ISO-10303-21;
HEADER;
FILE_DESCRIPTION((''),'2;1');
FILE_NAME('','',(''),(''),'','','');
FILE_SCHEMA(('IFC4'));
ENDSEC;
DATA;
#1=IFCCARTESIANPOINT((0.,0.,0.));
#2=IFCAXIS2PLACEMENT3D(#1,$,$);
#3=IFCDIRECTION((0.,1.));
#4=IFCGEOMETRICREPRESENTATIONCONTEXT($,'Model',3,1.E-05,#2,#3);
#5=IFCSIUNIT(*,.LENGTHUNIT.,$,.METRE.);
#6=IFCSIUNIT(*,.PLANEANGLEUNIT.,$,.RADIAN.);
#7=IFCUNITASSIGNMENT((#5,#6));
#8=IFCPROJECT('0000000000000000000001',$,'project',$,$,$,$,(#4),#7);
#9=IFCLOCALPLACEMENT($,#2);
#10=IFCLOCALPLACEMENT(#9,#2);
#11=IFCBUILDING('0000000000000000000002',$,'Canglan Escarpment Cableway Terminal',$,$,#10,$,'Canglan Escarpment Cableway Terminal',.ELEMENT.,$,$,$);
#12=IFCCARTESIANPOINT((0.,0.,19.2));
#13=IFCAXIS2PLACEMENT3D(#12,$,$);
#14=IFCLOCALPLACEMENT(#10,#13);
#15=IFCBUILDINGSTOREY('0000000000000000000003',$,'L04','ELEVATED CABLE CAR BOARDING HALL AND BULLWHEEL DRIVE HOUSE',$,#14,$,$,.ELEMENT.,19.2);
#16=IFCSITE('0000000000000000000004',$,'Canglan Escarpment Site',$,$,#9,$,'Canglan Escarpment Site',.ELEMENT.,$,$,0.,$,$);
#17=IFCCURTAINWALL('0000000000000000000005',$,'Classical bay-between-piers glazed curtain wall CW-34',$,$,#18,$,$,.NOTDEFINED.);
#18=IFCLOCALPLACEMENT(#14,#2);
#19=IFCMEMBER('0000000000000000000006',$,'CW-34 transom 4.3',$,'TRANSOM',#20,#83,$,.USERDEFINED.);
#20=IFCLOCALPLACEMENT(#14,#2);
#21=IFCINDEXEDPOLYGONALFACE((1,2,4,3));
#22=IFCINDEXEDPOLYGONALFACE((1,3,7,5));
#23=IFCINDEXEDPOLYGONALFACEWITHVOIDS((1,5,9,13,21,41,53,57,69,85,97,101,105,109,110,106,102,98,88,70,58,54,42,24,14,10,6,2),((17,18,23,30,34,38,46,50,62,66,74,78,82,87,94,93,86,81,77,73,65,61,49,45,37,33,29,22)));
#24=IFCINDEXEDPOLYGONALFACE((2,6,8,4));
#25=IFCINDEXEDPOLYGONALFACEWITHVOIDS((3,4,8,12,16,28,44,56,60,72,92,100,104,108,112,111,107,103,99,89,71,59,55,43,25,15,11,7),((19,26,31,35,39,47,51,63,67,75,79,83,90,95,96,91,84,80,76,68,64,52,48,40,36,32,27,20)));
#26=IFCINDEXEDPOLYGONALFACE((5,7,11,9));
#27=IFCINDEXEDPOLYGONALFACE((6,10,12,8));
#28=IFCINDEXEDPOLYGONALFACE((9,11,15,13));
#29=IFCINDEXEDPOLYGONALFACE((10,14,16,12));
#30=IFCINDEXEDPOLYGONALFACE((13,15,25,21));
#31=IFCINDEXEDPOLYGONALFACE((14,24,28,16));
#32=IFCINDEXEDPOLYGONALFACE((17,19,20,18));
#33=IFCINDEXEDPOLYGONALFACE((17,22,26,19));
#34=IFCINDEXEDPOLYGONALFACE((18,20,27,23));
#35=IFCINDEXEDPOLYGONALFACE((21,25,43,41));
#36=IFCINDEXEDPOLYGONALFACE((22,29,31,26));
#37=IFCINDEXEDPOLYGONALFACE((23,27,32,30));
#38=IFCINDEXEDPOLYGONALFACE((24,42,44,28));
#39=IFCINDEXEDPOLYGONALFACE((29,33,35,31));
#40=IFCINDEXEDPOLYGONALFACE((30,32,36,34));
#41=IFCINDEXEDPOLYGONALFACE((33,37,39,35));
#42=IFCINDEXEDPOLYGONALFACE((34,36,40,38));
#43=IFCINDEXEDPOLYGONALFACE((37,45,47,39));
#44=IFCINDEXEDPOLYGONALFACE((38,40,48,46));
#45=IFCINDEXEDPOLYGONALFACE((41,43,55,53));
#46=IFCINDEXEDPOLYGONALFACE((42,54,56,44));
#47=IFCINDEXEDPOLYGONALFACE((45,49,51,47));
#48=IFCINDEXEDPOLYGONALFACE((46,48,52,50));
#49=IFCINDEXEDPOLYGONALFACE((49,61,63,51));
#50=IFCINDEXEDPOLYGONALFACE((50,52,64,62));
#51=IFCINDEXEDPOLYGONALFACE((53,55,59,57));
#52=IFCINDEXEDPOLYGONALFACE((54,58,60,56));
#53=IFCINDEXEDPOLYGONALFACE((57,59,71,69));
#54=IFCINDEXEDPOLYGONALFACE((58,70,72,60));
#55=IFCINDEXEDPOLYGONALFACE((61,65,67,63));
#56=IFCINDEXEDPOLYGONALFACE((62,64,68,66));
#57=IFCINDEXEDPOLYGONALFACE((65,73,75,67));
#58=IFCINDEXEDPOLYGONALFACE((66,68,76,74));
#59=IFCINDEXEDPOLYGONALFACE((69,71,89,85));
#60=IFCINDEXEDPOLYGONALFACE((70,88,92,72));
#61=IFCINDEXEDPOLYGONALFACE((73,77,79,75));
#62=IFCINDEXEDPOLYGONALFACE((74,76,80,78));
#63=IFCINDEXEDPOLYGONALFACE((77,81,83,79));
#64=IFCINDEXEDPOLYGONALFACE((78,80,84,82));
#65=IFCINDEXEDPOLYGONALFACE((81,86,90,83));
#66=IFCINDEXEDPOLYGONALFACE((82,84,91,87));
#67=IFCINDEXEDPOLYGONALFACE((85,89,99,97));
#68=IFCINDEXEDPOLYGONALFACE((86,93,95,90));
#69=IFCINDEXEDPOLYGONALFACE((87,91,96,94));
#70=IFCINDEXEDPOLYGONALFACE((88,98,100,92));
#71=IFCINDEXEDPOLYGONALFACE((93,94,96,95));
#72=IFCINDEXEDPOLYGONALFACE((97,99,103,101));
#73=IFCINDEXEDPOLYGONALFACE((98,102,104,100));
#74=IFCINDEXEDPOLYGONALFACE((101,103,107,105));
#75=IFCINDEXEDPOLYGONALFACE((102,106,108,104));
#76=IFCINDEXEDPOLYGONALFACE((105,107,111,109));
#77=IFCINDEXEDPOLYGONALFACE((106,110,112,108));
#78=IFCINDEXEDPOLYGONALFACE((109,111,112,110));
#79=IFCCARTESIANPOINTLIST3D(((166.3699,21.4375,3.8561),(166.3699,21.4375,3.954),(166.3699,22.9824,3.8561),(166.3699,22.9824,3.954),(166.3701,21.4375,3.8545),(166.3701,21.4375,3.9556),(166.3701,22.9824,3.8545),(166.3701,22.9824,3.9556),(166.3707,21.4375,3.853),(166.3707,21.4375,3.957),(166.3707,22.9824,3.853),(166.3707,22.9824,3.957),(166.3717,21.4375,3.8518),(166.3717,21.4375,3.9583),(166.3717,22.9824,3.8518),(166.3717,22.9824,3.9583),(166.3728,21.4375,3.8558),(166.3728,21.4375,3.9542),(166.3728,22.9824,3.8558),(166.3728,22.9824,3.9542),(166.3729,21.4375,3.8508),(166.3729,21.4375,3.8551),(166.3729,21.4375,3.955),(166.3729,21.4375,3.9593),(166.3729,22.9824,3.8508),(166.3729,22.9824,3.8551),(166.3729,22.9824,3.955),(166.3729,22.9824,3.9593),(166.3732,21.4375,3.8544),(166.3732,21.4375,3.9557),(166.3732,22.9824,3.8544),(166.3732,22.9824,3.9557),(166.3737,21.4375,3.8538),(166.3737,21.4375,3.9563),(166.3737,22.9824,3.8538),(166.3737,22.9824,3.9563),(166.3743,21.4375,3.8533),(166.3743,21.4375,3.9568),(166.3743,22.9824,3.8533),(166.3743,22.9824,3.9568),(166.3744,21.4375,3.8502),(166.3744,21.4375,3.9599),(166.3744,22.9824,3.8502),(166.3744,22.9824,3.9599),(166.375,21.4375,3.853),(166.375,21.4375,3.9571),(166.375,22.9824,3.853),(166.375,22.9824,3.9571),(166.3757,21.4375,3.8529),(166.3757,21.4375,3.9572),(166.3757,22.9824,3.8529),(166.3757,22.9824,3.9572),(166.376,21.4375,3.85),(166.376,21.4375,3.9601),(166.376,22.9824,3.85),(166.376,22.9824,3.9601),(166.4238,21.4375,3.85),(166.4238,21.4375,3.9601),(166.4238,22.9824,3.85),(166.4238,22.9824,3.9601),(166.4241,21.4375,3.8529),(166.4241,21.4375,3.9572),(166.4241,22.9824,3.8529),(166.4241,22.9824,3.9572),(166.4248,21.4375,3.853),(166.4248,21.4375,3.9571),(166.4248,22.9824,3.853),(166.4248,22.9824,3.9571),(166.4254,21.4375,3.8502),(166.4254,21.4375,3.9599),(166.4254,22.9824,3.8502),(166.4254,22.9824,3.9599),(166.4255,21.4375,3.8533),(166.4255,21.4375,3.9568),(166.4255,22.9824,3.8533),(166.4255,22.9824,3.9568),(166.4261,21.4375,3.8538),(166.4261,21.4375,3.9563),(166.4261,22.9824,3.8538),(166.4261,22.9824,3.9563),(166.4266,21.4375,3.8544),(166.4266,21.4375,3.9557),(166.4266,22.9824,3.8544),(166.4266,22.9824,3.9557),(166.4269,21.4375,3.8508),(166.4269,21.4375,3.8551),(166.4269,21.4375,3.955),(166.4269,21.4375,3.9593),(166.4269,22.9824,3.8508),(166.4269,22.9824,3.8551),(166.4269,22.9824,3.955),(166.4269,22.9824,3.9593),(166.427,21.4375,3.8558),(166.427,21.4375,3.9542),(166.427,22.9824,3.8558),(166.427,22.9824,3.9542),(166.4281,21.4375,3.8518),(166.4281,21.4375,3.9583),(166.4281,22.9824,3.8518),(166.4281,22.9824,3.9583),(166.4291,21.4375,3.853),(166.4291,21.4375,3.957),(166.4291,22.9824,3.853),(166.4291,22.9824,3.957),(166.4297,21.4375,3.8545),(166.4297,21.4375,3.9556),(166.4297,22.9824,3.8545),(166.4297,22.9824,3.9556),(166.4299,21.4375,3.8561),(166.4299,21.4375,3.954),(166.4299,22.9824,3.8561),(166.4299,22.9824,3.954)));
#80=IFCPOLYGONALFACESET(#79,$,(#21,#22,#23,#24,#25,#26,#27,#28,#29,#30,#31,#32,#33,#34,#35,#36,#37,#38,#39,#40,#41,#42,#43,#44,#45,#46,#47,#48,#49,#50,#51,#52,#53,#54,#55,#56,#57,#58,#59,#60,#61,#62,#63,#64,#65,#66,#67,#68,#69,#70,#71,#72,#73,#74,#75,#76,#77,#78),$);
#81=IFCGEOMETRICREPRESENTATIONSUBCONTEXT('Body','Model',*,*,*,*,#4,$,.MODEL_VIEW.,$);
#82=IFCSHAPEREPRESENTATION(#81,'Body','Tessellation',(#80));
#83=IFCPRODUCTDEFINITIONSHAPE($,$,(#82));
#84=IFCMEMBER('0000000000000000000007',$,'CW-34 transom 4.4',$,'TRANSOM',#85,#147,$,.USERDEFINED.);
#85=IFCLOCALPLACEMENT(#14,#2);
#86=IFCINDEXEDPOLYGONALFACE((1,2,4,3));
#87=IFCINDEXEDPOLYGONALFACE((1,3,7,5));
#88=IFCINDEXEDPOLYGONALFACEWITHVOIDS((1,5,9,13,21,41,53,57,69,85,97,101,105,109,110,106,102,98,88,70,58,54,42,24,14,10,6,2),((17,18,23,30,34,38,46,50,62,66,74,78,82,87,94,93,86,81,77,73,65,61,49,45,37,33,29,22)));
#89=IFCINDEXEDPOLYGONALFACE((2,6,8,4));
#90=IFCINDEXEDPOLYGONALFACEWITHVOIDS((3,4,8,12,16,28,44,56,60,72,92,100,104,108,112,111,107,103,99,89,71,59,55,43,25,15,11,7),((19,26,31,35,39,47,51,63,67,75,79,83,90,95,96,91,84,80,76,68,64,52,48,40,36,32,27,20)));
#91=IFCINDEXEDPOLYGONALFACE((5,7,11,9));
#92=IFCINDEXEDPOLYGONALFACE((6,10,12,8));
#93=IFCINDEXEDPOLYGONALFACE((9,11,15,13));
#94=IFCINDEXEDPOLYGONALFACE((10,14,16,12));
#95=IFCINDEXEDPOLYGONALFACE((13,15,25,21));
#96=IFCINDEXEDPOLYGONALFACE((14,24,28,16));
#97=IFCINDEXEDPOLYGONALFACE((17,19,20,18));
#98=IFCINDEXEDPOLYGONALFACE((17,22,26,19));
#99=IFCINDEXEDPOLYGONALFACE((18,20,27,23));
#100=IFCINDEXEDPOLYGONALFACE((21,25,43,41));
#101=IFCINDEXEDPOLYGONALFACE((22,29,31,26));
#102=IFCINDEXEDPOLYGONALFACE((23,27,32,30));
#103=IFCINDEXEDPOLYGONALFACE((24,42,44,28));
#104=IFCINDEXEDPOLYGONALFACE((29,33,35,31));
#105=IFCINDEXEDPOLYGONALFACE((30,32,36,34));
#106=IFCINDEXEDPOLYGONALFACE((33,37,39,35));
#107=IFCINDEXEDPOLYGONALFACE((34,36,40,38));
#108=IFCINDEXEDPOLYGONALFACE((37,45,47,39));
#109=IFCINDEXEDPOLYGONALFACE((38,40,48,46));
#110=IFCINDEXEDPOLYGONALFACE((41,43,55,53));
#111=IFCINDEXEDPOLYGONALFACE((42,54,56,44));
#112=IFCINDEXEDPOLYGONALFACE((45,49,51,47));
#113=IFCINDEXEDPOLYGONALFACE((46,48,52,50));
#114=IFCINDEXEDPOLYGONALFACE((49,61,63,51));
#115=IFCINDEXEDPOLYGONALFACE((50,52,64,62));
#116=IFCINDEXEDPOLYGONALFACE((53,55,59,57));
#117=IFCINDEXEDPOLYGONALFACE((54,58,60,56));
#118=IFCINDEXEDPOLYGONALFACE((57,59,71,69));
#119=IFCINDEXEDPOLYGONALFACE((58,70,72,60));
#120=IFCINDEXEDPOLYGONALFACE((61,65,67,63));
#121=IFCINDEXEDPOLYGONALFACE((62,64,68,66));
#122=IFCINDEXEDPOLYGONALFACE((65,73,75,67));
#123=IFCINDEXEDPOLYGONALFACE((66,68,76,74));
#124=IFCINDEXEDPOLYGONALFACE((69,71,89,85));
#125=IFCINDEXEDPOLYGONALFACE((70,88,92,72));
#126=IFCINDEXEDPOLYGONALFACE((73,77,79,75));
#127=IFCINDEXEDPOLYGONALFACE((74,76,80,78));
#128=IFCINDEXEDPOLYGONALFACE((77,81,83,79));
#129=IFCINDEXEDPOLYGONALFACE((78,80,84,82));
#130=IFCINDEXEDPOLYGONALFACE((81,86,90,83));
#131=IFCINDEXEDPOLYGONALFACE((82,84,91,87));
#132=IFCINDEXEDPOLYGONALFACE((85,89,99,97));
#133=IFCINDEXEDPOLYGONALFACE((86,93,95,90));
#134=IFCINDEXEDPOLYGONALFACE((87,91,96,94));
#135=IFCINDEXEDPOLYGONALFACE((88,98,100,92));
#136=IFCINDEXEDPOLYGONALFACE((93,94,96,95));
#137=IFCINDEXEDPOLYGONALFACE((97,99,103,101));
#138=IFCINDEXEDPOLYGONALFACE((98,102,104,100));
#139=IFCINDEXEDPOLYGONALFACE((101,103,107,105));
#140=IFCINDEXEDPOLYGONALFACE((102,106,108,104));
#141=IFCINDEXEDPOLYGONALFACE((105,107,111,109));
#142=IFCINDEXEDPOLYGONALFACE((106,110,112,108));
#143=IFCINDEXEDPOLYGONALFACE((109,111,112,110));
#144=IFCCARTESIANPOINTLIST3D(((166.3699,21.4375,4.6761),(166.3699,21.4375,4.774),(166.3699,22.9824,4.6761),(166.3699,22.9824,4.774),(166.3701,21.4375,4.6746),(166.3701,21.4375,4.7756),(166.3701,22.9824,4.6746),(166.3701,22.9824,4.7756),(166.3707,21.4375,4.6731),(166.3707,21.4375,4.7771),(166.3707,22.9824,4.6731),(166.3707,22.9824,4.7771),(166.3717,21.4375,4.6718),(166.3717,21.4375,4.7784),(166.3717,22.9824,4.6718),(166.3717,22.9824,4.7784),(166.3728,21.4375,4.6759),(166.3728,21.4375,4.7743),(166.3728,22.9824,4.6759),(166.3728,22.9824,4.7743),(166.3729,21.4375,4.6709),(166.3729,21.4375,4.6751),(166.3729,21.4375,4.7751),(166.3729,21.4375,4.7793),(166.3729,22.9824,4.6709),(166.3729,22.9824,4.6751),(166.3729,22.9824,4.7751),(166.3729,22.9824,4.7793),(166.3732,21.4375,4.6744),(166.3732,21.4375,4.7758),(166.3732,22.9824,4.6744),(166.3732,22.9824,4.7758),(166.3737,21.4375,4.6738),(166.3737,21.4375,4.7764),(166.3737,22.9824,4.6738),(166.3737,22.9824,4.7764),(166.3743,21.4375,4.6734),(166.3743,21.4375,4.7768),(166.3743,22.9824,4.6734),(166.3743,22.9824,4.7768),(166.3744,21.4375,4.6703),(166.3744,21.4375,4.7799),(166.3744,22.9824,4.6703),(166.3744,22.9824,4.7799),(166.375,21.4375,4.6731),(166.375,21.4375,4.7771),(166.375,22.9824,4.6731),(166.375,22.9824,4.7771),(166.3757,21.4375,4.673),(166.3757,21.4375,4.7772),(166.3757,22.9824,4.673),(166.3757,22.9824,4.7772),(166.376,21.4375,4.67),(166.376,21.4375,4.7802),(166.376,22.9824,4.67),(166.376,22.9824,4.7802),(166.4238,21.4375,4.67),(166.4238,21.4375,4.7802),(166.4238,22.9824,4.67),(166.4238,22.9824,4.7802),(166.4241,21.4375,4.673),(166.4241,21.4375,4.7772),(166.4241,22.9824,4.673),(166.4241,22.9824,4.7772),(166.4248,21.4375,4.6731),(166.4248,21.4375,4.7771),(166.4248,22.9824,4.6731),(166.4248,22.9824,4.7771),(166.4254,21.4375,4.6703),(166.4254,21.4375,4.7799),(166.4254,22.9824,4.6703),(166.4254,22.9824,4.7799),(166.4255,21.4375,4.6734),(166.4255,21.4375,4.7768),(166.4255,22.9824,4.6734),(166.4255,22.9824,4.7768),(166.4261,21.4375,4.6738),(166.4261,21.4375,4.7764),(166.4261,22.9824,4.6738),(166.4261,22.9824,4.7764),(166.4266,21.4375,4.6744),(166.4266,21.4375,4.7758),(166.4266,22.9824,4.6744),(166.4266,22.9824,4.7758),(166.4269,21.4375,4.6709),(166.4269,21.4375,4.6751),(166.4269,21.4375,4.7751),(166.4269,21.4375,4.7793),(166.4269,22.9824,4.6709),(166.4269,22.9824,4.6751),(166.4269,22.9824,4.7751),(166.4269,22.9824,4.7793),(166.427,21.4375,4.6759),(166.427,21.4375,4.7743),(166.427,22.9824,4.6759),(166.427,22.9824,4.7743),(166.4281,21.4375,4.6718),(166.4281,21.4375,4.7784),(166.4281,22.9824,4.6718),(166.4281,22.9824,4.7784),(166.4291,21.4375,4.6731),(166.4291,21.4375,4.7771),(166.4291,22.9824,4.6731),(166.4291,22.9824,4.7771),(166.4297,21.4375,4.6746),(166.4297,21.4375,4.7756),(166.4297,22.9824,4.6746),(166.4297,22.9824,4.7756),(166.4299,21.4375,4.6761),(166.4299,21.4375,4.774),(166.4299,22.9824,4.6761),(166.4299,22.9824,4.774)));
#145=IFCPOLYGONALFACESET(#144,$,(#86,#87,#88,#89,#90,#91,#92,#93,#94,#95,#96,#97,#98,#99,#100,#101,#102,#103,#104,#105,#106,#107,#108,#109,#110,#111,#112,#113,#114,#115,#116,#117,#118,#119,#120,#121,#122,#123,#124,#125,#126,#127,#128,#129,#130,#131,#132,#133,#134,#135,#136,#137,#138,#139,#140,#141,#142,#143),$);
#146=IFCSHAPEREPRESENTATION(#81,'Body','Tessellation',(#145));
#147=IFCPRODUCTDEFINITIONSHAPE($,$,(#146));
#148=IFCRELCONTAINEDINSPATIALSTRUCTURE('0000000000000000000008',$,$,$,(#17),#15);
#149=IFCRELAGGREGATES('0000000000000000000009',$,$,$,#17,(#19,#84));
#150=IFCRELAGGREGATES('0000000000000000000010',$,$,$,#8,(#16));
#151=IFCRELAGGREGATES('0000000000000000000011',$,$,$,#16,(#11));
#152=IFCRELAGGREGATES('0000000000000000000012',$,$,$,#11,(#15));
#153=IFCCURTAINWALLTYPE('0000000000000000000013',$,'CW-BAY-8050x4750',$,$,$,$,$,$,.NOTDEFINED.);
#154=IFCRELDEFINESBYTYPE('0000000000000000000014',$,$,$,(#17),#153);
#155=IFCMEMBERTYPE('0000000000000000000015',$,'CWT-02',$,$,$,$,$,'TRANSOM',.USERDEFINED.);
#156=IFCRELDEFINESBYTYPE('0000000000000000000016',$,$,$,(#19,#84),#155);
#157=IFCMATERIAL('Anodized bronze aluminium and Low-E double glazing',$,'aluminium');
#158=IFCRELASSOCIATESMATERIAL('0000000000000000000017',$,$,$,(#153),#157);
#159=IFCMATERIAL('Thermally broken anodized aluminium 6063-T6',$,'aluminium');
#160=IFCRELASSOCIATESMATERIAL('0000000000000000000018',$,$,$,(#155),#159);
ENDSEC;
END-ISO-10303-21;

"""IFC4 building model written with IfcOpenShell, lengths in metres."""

from ifc_helpers import new_model, si_unit, direction, frame, origin, origin_2d, place, context, subcontext, project, spatial, hollow_rectangle, extrude, material, material_profile, profile_set, type_object, element, aggregate, save


model = new_model("IFC4")

# Units and contexts
model_context = context("Model", 3, precision=1e-05, world=origin(), true_north=direction((0.0, 1.0)))
body_context = subcontext(model_context, "Body", "Model", "MODEL_VIEW")
ifc_project = project(units=[si_unit("LENGTHUNIT", "METRE"), si_unit("PLANEANGLEUNIT", "RADIAN")], contexts=[model_context])

# Site, building, storey
site_placement = place(None, origin())
site = spatial("IfcSite", under=ifc_project, at=site_placement, Name="Canglan Escarpment Site", LongName="Canglan Escarpment Site", CompositionType="ELEMENT", RefElevation=0.0)
building_placement = place(site_placement, origin())
building = spatial("IfcBuilding", under=site, at=building_placement, Name="Canglan Escarpment Cableway Terminal", LongName="Canglan Escarpment Cableway Terminal", CompositionType="ELEMENT")
storey_placement = place(building_placement, frame((0.0, 0.0, 19.2)))
storey = spatial("IfcBuildingStorey", under=building, at=storey_placement, Name="L04", Description="ELEVATED CABLE CAR BOARDING HALL AND BULLWHEEL DRIVE HOUSE", CompositionType="ELEMENT", Elevation=19.2)

# Curtain wall
ifc_material_1 = material(Name="Anodized bronze aluminium and Low-E double glazing", Category="aluminium")
curtain_wall_type_1 = type_object("IfcCurtainWallType", Name="CW-BAY-8050x4750", PredefinedType="NOTDEFINED", material=ifc_material_1)
curtain_wall_1_placement = place(storey_placement, origin())
curtain_wall_1 = element("IfcCurtainWall", 1, at=curtain_wall_1_placement, inside=storey, type_object=curtain_wall_type_1, Name="Classical bay-between-piers glazed curtain wall CW-34", PredefinedType="NOTDEFINED")
ifc_material_2 = material(Name="Thermally broken anodized aluminium 6063-T6", Category="aluminium")

# Members
ifc_material_profile_1 = material_profile(ifc_material_2, hollow_rectangle(XDim=0.0601, YDim=0.1101, WallThickness=0.0029, InnerFilletRadius=0.0029, OuterFilletRadius=0.0061, at=origin_2d()), Name="ALU-TRAN 60x110x3")
ifc_profile_set_1 = profile_set([ifc_material_profile_1], Name="Thermally broken anodized aluminium 6063-T6")
member_type_1 = type_object("IfcMemberType", Name="CWT-02", ElementType="TRANSOM", PredefinedType="USERDEFINED", material=ifc_profile_set_1)
member_1_placement = place(storey_placement, frame((166.3999, 21.4375, 3.905), z_axis=(0.0, 1.0, 0.0), x_axis=(-1.0, 0.0, 0.0)))
member_1 = element("IfcMember", 2, at=member_1_placement, type_object=member_type_1, Name="CW-34 transom 4.3", ObjectType="TRANSOM", PredefinedType="USERDEFINED", context=body_context, shape_type="SweptSolid", body=[
    extrude(hollow_rectangle(XDim=0.0601, YDim=0.1101, WallThickness=0.0029, InnerFilletRadius=0.0029, OuterFilletRadius=0.0061, at=origin_2d()), origin(), (0.0, 0.0, 1.0), 1.5449),
])
member_2_placement = place(storey_placement, frame((166.3999, 21.4375, 4.7251), z_axis=(0.0, 1.0, 0.0), x_axis=(-1.0, 0.0, 0.0)))
member_2 = element("IfcMember", 3, at=member_2_placement, type_object=member_type_1, Name="CW-34 transom 4.4", ObjectType="TRANSOM", PredefinedType="USERDEFINED", context=body_context, shape_type="SweptSolid", body=[
    extrude(hollow_rectangle(XDim=0.0601, YDim=0.1101, WallThickness=0.0029, InnerFilletRadius=0.0029, OuterFilletRadius=0.0061, at=origin_2d()), origin(), (0.0, 0.0, 1.0), 1.5449),
])

aggregate(curtain_wall_1, [member_1, member_2])

save(model, "model.ifc")
